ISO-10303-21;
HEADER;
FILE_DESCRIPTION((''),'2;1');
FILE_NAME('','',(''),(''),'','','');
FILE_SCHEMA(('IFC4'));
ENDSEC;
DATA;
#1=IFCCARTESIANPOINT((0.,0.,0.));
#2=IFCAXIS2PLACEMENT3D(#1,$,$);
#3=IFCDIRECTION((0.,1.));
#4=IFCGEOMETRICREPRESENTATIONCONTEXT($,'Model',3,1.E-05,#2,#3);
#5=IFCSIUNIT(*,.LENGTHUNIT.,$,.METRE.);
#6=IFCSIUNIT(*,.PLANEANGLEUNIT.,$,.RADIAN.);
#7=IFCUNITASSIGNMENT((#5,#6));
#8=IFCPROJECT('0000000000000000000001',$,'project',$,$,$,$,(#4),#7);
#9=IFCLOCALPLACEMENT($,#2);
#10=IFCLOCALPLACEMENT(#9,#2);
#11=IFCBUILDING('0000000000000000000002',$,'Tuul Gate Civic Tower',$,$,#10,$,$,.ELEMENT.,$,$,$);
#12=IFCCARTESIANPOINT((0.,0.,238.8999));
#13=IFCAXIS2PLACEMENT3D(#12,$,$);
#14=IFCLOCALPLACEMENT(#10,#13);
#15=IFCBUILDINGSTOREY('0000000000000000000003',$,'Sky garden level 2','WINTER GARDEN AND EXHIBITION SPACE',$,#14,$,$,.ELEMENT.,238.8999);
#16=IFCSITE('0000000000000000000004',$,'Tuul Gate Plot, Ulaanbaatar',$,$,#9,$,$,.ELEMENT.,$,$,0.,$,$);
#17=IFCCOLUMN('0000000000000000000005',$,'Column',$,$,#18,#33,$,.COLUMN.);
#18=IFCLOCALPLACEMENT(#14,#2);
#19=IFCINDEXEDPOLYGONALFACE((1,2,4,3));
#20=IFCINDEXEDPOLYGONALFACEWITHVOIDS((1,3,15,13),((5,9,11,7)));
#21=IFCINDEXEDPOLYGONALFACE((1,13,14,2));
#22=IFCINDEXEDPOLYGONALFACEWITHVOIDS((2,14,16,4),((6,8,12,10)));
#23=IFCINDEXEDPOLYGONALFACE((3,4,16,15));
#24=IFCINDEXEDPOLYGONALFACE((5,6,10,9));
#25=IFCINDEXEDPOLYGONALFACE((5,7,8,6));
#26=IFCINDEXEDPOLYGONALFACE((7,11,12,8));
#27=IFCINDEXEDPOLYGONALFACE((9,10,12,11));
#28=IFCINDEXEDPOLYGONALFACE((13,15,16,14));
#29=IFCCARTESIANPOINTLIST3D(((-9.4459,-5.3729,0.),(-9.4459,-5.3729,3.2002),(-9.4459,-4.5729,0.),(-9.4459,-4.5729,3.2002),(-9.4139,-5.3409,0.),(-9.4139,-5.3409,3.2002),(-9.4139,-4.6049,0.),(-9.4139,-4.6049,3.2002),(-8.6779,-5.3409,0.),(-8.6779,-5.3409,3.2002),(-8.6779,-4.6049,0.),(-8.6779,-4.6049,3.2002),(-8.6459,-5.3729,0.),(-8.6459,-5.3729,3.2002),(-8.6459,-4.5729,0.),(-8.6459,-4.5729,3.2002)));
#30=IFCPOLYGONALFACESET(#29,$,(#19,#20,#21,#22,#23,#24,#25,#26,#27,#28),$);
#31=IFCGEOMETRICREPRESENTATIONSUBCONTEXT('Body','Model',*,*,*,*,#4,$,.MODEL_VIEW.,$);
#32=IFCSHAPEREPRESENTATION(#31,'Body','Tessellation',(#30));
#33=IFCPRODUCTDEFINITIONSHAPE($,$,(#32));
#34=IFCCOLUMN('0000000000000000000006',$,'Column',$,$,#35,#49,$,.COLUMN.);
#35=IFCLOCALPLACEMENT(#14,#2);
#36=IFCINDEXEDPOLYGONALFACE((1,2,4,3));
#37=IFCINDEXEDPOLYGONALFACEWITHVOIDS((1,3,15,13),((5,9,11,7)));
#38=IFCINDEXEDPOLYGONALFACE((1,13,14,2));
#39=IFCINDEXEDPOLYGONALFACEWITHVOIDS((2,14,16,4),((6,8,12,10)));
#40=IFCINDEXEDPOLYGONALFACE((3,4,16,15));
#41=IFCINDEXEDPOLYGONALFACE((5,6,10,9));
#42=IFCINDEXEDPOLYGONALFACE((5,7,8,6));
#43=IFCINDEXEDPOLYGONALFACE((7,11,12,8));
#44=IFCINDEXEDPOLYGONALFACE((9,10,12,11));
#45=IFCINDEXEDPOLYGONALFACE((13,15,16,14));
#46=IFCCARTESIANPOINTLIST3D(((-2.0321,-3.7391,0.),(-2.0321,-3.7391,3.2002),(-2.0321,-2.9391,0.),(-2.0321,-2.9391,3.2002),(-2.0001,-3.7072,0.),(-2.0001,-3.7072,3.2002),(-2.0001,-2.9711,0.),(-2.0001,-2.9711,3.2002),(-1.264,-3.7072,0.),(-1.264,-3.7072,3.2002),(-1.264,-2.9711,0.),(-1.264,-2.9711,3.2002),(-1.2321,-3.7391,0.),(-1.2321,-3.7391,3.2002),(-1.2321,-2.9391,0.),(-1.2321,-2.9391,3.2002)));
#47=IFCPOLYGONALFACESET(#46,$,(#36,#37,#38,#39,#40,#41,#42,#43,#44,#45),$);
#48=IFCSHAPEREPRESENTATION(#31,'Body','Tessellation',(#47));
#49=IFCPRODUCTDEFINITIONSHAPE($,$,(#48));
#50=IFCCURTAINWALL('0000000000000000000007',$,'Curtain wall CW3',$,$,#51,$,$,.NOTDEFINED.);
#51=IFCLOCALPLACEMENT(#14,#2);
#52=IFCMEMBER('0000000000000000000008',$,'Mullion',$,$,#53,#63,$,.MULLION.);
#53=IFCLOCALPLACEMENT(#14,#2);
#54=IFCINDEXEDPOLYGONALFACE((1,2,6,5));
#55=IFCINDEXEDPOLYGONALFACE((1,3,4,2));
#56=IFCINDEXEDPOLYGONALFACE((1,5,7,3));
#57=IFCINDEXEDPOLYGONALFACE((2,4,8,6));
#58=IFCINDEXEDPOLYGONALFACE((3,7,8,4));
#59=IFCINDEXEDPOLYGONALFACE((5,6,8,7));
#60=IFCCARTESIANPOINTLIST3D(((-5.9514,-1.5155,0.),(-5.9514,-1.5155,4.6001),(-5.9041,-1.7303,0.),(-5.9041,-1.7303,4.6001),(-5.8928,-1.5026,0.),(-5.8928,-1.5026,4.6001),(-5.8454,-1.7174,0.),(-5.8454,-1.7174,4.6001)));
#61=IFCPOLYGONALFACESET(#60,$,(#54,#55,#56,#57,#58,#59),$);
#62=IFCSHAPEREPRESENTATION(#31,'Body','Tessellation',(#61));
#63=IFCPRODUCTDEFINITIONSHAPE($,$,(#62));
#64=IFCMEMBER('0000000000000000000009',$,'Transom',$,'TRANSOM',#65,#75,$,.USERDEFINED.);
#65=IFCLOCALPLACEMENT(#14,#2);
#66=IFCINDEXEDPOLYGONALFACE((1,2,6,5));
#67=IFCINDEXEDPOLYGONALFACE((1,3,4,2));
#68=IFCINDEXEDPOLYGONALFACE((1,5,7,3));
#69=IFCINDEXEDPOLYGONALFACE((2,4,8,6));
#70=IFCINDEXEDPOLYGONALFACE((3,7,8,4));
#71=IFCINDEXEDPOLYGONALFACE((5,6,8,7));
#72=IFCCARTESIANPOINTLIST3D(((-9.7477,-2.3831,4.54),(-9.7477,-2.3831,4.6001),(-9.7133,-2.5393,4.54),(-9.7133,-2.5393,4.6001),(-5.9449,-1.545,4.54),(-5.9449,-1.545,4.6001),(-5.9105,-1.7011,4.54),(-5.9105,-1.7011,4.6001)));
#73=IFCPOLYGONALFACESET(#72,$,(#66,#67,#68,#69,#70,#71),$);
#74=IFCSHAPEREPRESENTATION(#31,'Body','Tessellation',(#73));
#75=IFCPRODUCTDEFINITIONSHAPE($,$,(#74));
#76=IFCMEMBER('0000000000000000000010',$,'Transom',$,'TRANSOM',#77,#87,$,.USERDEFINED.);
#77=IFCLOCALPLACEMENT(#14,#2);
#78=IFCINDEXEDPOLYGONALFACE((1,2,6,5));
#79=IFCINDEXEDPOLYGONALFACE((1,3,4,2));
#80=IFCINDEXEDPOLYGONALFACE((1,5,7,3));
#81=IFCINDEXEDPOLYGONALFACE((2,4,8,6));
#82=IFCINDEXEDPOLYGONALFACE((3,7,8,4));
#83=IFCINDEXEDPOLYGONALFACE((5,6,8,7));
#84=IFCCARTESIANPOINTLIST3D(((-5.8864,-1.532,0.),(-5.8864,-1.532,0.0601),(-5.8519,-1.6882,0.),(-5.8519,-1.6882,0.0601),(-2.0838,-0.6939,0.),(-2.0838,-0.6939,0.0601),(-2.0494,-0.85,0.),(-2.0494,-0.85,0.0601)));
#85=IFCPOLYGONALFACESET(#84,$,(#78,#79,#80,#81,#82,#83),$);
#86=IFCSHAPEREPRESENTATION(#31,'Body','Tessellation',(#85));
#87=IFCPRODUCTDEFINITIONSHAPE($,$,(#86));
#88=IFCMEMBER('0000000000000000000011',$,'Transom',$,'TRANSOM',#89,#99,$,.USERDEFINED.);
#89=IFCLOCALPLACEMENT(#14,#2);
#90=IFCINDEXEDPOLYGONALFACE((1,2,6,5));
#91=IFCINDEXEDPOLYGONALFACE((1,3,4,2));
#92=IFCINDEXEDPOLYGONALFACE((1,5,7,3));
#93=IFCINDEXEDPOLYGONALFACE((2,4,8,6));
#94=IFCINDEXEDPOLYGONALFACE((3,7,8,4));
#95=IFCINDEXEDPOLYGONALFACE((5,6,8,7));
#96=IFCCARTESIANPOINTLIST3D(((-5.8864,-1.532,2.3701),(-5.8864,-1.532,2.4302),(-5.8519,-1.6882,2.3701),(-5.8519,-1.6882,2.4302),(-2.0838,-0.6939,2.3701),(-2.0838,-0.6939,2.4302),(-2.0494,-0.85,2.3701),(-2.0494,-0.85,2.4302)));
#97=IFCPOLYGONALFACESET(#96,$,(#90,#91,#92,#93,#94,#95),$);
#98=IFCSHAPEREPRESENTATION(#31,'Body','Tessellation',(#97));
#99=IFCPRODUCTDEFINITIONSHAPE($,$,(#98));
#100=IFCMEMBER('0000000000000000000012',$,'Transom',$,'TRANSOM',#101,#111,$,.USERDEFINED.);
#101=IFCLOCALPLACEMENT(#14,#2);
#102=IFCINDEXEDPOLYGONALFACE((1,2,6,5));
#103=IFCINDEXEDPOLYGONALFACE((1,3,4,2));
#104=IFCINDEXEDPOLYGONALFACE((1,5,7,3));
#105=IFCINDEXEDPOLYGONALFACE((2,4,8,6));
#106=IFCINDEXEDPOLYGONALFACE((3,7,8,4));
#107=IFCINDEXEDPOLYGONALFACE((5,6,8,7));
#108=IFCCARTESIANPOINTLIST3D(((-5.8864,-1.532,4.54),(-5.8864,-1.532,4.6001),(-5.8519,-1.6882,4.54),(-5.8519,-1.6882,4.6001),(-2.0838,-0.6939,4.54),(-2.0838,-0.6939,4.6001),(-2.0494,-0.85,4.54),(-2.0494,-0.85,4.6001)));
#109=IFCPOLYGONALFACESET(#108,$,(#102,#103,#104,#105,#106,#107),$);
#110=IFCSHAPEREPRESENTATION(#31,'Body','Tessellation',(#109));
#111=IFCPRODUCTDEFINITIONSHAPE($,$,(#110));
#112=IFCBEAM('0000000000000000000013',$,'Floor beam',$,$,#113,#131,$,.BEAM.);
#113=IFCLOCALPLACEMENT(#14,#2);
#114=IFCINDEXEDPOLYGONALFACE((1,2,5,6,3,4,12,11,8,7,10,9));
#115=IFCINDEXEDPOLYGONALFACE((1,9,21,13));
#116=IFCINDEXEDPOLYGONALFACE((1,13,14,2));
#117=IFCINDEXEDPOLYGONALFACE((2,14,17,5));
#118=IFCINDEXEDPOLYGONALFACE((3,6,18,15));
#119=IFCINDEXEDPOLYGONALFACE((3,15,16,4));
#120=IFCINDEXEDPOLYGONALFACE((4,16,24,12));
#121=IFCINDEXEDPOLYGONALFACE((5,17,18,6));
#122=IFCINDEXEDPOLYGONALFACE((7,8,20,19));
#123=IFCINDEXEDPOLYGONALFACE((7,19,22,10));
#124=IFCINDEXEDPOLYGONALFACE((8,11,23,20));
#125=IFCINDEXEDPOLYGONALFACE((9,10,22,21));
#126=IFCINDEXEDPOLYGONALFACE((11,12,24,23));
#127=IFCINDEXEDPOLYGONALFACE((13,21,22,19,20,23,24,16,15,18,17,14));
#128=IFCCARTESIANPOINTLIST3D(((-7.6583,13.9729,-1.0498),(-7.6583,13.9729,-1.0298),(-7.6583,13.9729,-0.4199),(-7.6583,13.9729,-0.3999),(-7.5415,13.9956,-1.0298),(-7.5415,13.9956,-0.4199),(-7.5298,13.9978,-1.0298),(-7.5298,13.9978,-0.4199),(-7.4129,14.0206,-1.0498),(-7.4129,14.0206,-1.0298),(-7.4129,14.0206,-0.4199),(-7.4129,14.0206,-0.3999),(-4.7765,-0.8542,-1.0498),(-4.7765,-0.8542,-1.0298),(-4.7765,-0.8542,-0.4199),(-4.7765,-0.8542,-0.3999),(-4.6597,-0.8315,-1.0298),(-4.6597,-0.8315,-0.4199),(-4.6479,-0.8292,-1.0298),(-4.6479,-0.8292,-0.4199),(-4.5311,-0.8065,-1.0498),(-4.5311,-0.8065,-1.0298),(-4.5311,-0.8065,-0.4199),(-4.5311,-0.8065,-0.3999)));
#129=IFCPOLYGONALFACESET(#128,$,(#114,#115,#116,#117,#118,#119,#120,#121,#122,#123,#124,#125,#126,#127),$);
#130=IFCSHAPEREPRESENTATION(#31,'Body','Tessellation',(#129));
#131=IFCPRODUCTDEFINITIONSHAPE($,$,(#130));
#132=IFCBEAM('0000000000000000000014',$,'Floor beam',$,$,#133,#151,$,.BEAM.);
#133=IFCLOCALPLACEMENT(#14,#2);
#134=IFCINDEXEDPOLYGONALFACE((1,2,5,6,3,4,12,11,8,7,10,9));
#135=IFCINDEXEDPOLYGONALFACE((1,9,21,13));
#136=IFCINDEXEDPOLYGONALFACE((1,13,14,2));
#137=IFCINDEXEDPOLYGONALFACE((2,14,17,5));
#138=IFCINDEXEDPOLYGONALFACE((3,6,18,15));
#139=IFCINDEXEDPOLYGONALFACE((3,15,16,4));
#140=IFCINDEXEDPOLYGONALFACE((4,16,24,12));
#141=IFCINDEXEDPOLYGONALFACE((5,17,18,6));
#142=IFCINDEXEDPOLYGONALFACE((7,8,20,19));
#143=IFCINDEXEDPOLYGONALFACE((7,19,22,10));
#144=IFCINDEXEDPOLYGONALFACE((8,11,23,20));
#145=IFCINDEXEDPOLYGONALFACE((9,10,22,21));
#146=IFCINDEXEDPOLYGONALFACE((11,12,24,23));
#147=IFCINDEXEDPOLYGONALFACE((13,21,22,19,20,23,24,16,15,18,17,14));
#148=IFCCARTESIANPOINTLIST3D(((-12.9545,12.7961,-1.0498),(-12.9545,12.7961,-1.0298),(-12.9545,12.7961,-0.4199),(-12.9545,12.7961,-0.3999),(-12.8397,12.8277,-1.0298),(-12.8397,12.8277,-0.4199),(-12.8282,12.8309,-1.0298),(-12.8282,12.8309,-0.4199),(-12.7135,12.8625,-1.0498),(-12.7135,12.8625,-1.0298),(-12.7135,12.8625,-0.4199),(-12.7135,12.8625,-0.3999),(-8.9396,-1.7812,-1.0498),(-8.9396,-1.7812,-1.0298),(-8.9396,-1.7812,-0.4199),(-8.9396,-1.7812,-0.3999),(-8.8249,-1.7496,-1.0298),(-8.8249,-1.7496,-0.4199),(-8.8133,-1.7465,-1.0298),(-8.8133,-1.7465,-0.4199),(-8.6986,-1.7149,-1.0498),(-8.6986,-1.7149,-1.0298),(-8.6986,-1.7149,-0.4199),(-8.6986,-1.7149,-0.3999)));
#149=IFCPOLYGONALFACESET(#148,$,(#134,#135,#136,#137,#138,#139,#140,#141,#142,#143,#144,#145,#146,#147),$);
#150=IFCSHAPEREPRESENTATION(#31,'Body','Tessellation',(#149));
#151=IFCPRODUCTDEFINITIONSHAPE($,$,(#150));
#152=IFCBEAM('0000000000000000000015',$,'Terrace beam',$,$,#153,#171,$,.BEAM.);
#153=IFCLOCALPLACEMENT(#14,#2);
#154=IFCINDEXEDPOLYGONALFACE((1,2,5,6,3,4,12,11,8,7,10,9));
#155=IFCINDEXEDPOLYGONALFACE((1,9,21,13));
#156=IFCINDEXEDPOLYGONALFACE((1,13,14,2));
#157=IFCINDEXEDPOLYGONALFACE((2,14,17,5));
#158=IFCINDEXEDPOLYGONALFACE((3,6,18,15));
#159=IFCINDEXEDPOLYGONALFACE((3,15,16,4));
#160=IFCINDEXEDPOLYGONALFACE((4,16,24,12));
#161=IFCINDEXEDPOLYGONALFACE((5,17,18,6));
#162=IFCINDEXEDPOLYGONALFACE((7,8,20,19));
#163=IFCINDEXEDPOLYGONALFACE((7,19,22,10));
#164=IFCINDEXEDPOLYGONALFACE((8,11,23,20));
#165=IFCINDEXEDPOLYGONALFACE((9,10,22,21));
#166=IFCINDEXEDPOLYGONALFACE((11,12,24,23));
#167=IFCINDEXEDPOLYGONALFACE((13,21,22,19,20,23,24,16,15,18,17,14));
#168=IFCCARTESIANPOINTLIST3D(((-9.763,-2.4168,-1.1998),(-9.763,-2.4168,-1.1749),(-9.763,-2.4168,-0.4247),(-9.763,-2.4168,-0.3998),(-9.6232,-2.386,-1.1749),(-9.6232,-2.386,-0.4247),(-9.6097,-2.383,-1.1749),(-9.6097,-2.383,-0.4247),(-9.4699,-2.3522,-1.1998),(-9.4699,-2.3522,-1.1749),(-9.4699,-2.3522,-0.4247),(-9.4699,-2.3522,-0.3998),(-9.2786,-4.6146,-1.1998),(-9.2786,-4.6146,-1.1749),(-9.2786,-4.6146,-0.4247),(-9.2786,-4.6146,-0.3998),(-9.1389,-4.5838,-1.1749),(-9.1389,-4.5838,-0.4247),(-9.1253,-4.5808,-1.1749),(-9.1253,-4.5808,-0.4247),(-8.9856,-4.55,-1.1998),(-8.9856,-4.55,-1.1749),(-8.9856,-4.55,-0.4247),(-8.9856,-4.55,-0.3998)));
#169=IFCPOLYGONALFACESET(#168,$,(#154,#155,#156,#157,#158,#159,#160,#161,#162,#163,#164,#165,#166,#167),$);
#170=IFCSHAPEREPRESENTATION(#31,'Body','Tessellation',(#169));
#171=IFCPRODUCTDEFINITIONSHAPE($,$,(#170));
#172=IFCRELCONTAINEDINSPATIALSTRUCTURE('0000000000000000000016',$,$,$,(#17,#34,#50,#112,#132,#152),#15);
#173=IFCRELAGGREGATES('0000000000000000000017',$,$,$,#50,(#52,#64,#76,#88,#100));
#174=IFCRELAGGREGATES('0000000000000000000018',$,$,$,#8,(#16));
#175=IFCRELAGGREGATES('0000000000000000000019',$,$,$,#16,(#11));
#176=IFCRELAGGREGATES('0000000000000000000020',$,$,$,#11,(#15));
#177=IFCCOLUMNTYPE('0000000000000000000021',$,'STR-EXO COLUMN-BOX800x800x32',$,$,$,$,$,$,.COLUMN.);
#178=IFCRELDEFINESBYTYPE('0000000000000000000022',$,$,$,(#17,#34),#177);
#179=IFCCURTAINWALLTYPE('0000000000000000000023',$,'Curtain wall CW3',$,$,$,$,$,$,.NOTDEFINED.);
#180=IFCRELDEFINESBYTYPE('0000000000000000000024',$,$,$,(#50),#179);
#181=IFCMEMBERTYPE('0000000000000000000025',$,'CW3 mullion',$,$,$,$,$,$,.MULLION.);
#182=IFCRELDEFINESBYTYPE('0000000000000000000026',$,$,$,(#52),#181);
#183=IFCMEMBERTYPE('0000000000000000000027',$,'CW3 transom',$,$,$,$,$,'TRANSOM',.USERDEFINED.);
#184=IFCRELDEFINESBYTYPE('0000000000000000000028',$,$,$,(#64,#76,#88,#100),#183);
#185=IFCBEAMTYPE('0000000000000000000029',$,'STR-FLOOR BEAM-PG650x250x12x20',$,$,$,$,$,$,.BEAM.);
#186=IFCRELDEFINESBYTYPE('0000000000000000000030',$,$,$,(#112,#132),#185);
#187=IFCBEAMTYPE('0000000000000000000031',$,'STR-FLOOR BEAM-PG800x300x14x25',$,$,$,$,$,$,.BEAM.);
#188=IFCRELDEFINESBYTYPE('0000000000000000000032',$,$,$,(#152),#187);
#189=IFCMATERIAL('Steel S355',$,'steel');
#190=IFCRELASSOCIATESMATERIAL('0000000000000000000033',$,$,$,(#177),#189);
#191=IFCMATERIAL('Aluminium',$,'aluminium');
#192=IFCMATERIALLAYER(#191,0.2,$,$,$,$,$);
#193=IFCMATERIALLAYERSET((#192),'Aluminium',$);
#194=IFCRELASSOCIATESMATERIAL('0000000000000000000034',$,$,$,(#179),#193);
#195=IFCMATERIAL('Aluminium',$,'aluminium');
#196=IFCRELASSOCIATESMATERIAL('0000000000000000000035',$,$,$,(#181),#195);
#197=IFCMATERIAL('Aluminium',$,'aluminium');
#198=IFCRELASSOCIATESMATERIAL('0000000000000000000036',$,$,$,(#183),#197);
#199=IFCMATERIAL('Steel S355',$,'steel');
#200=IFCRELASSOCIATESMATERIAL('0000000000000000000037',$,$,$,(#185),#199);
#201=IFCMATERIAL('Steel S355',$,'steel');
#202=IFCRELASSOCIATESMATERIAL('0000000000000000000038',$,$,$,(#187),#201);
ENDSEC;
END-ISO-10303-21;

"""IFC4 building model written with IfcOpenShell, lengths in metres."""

from ifc_helpers import new_model, si_unit, direction, frame, origin, origin_2d, place, context, subcontext, project, spatial, rectangle, hollow_rectangle, i_section, extrude, material, layer, layer_set, material_profile, profile_set, type_object, element, aggregate, save


model = new_model("IFC4")

# Units and contexts
model_context = context("Model", 3, precision=1e-05, world=origin(), true_north=direction((0.0, 1.0)))
body_context = subcontext(model_context, "Body", "Model", "MODEL_VIEW")
ifc_project = project(units=[si_unit("LENGTHUNIT", "METRE"), si_unit("PLANEANGLEUNIT", "RADIAN")], contexts=[model_context])

# Site, building, storey
site_placement = place(None, origin())
site = spatial("IfcSite", under=ifc_project, at=site_placement, Name="Tuul Gate Plot, Ulaanbaatar", CompositionType="ELEMENT", RefElevation=0.0)
building_placement = place(site_placement, origin())
building = spatial("IfcBuilding", under=site, at=building_placement, Name="Tuul Gate Civic Tower", CompositionType="ELEMENT")
storey_placement = place(building_placement, frame((0.0, 0.0, 238.8999)))
storey = spatial("IfcBuildingStorey", under=building, at=storey_placement, Name="Sky garden level 2", Description="WINTER GARDEN AND EXHIBITION SPACE", CompositionType="ELEMENT", Elevation=238.8999)

# Columns
ifc_material_1 = material(Name="Steel S355", Category="steel")
ifc_material_profile_1 = material_profile(ifc_material_1, hollow_rectangle(XDim=0.8, YDim=0.8, WallThickness=0.032, at=origin_2d()), Name="BOX800x800x32")
ifc_profile_set_1 = profile_set([ifc_material_profile_1], Name="Steel S355")
column_type = type_object("IfcColumnType", Name="STR-EXO COLUMN-BOX800x800x32", PredefinedType="COLUMN", material=ifc_profile_set_1)
for number, where, z_axis, x_axis, name in (
    (1, (-9.0459, -4.9729, 0.0), (0.0, 0.0, 1.0), (1.0, 0.0, 0.0), "Column"),
    (2, (-1.6321, -3.3391, 0.0), (0.0, 0.0, 1.0), (1.0, 0.0, 0.0), "Column"),
):
    element("IfcColumn", number, at=place(storey_placement, frame(where, z_axis=z_axis, x_axis=x_axis)), inside=storey, type_object=column_type, Name=name, PredefinedType="COLUMN", context=body_context, shape_type="SweptSolid", body=[
        extrude(hollow_rectangle(XDim=0.8, YDim=0.8, WallThickness=0.032, at=origin_2d()), origin(), (0.0, 0.0, 1.0), 3.2002),
    ])

# Curtain wall, members
ifc_material_2 = material(Name="Aluminium", Category="aluminium")
ifc_layer_1 = layer(ifc_material_2, 0.2)
ifc_layer_set_1 = layer_set([ifc_layer_1], Name="Aluminium")
curtain_wall_type = type_object("IfcCurtainWallType", Name="Curtain wall CW3", PredefinedType="NOTDEFINED", material=ifc_layer_set_1)
curtain_wall_placement = place(storey_placement, origin())
curtain_wall = element("IfcCurtainWall", 3, at=curtain_wall_placement, inside=storey, type_object=curtain_wall_type, Name="Curtain wall CW3", PredefinedType="NOTDEFINED")
ifc_material_3 = material(Name="Aluminium", Category="aluminium")
ifc_material_profile_2 = material_profile(ifc_material_3, rectangle(XDim=0.22, YDim=0.0601, at=origin_2d()), Name="CW3 mullion")
ifc_profile_set_2 = profile_set([ifc_material_profile_2], Name="Aluminium")
member_type_1 = type_object("IfcMemberType", Name="CW3 mullion", PredefinedType="MULLION", material=ifc_profile_set_2)
member_1_placement = place(storey_placement, frame((-5.8984, -1.6165, 0.0), z_axis=(0.0, 0.0, 1.0), x_axis=(-0.215242, 0.976561, 0.0)))
member_1 = element("IfcMember", 4, at=member_1_placement, type_object=member_type_1, Name="Mullion", PredefinedType="MULLION", context=body_context, shape_type="SweptSolid", body=[
    extrude(rectangle(XDim=0.22, YDim=0.0601, at=origin_2d()), origin(), (0.0, 0.0, 1.0), 4.6001),
])
ifc_material_4 = material(Name="Aluminium", Category="aluminium")
ifc_material_profile_3 = material_profile(ifc_material_4, rectangle(XDim=0.1599, YDim=0.0601, at=origin_2d()), Name="CW3 transom")
ifc_profile_set_3 = profile_set([ifc_material_profile_3], Name="Aluminium")
member_type_2 = type_object("IfcMemberType", Name="CW3 transom", ElementType="TRANSOM", PredefinedType="USERDEFINED", material=ifc_profile_set_3)
member_2_placement = place(storey_placement, frame((-9.7305, -2.4612, 4.5701), z_axis=(0.976562, 0.215237, 0.0), x_axis=(-0.215237, 0.976562, 0.0)))
member_2 = element("IfcMember", 5, at=member_2_placement, type_object=member_type_2, Name="Transom", ObjectType="TRANSOM", PredefinedType="USERDEFINED", context=body_context, shape_type="SweptSolid", body=[
    extrude(rectangle(XDim=0.1599, YDim=0.0601, at=origin_2d()), origin(), (0.0, 0.0, 1.0), 3.894),
])
member_3_placement = place(storey_placement, frame((-5.8691, -1.6101, 0.03), z_axis=(0.976559, 0.215251, 0.0), x_axis=(-0.215251, 0.976559, 0.0)))
member_3 = element("IfcMember", 6, at=member_3_placement, type_object=member_type_2, Name="Transom", ObjectType="TRANSOM", PredefinedType="USERDEFINED", context=body_context, shape_type="SweptSolid", body=[
    extrude(rectangle(XDim=0.1599, YDim=0.0601, at=origin_2d()), origin(), (0.0, 0.0, 1.0), 3.8938),
])
member_4_placement = place(storey_placement, frame((-5.8691, -1.6101, 2.4001), z_axis=(0.976559, 0.215251, 0.0), x_axis=(-0.215251, 0.976559, 0.0)))
member_4 = element("IfcMember", 7, at=member_4_placement, type_object=member_type_2, Name="Transom", ObjectType="TRANSOM", PredefinedType="USERDEFINED", context=body_context, shape_type="SweptSolid", body=[
    extrude(rectangle(XDim=0.1599, YDim=0.0601, at=origin_2d()), origin(), (0.0, 0.0, 1.0), 3.8938),
])
member_5_placement = place(storey_placement, frame((-5.8691, -1.6101, 4.5701), z_axis=(0.976559, 0.215251, 0.0), x_axis=(-0.215251, 0.976559, 0.0)))
member_5 = element("IfcMember", 8, at=member_5_placement, type_object=member_type_2, Name="Transom", ObjectType="TRANSOM", PredefinedType="USERDEFINED", context=body_context, shape_type="SweptSolid", body=[
    extrude(rectangle(XDim=0.1599, YDim=0.0601, at=origin_2d()), origin(), (0.0, 0.0, 1.0), 3.8938),
])

# Beams
ifc_material_5 = material(Name="Steel S355", Category="steel")
ifc_material_profile_4 = material_profile(ifc_material_5, i_section(OverallWidth=0.25, OverallDepth=0.6499, WebThickness=0.012, FlangeThickness=0.02, at=origin_2d()), Name="PG650x250x12x20")
ifc_profile_set_4 = profile_set([ifc_material_profile_4], Name="Steel S355")
beam_type_1 = type_object("IfcBeamType", Name="STR-FLOOR BEAM-PG650x250x12x20", PredefinedType="BEAM", material=ifc_profile_set_4)
beam_1_placement = place(storey_placement, frame((-4.6538, -0.8303, -0.7249), z_axis=(-0.190792, 0.981631, 0.0), x_axis=(-0.981631, -0.190792, 0.0)))
element("IfcBeam", 9, at=beam_1_placement, inside=storey, type_object=beam_type_1, Name="Floor beam", PredefinedType="BEAM", context=body_context, shape_type="SweptSolid", body=[
    extrude(i_section(OverallWidth=0.25, OverallDepth=0.6499, WebThickness=0.012, FlangeThickness=0.02, at=origin_2d()), origin(), (0.0, 0.0, 1.0), 15.1045),
])
beam_2_placement = place(storey_placement, frame((-8.8191, -1.748, -0.7249), z_axis=(-0.265532, 0.964102, 0.0), x_axis=(-0.964102, -0.265532, 0.0)))
element("IfcBeam", 10, at=beam_2_placement, inside=storey, type_object=beam_type_1, Name="Floor beam", PredefinedType="BEAM", context=body_context, shape_type="SweptSolid", body=[
    extrude(i_section(OverallWidth=0.25, OverallDepth=0.6499, WebThickness=0.012, FlangeThickness=0.02, at=origin_2d()), origin(), (0.0, 0.0, 1.0), 15.1201),
])
ifc_material_6 = material(Name="Steel S355", Category="steel")
ifc_material_profile_5 = material_profile(ifc_material_6, i_section(OverallWidth=0.3, OverallDepth=0.8, WebThickness=0.0139, FlangeThickness=0.0249, at=origin_2d()), Name="PG800x300x14x25")
ifc_profile_set_5 = profile_set([ifc_material_profile_5], Name="Steel S355")
beam_type_2 = type_object("IfcBeamType", Name="STR-FLOOR BEAM-PG800x300x14x25", PredefinedType="BEAM", material=ifc_profile_set_5)
beam_3_placement = place(storey_placement, frame((-9.1321, -4.5823, -0.7998), z_axis=(-0.21523, 0.976563, 0.0), x_axis=(-0.976563, -0.21523, 0.0)))
element("IfcBeam", 11, at=beam_3_placement, inside=storey, type_object=beam_type_2, Name="Terrace beam", PredefinedType="BEAM", context=body_context, shape_type="SweptSolid", body=[
    extrude(i_section(OverallWidth=0.3, OverallDepth=0.8, WebThickness=0.0139, FlangeThickness=0.0249, at=origin_2d()), origin(), (0.0, 0.0, 1.0), 2.2505),
])

aggregate(curtain_wall, [member_1, member_2, member_3, member_4, member_5])

save(model, "model.ifc")
